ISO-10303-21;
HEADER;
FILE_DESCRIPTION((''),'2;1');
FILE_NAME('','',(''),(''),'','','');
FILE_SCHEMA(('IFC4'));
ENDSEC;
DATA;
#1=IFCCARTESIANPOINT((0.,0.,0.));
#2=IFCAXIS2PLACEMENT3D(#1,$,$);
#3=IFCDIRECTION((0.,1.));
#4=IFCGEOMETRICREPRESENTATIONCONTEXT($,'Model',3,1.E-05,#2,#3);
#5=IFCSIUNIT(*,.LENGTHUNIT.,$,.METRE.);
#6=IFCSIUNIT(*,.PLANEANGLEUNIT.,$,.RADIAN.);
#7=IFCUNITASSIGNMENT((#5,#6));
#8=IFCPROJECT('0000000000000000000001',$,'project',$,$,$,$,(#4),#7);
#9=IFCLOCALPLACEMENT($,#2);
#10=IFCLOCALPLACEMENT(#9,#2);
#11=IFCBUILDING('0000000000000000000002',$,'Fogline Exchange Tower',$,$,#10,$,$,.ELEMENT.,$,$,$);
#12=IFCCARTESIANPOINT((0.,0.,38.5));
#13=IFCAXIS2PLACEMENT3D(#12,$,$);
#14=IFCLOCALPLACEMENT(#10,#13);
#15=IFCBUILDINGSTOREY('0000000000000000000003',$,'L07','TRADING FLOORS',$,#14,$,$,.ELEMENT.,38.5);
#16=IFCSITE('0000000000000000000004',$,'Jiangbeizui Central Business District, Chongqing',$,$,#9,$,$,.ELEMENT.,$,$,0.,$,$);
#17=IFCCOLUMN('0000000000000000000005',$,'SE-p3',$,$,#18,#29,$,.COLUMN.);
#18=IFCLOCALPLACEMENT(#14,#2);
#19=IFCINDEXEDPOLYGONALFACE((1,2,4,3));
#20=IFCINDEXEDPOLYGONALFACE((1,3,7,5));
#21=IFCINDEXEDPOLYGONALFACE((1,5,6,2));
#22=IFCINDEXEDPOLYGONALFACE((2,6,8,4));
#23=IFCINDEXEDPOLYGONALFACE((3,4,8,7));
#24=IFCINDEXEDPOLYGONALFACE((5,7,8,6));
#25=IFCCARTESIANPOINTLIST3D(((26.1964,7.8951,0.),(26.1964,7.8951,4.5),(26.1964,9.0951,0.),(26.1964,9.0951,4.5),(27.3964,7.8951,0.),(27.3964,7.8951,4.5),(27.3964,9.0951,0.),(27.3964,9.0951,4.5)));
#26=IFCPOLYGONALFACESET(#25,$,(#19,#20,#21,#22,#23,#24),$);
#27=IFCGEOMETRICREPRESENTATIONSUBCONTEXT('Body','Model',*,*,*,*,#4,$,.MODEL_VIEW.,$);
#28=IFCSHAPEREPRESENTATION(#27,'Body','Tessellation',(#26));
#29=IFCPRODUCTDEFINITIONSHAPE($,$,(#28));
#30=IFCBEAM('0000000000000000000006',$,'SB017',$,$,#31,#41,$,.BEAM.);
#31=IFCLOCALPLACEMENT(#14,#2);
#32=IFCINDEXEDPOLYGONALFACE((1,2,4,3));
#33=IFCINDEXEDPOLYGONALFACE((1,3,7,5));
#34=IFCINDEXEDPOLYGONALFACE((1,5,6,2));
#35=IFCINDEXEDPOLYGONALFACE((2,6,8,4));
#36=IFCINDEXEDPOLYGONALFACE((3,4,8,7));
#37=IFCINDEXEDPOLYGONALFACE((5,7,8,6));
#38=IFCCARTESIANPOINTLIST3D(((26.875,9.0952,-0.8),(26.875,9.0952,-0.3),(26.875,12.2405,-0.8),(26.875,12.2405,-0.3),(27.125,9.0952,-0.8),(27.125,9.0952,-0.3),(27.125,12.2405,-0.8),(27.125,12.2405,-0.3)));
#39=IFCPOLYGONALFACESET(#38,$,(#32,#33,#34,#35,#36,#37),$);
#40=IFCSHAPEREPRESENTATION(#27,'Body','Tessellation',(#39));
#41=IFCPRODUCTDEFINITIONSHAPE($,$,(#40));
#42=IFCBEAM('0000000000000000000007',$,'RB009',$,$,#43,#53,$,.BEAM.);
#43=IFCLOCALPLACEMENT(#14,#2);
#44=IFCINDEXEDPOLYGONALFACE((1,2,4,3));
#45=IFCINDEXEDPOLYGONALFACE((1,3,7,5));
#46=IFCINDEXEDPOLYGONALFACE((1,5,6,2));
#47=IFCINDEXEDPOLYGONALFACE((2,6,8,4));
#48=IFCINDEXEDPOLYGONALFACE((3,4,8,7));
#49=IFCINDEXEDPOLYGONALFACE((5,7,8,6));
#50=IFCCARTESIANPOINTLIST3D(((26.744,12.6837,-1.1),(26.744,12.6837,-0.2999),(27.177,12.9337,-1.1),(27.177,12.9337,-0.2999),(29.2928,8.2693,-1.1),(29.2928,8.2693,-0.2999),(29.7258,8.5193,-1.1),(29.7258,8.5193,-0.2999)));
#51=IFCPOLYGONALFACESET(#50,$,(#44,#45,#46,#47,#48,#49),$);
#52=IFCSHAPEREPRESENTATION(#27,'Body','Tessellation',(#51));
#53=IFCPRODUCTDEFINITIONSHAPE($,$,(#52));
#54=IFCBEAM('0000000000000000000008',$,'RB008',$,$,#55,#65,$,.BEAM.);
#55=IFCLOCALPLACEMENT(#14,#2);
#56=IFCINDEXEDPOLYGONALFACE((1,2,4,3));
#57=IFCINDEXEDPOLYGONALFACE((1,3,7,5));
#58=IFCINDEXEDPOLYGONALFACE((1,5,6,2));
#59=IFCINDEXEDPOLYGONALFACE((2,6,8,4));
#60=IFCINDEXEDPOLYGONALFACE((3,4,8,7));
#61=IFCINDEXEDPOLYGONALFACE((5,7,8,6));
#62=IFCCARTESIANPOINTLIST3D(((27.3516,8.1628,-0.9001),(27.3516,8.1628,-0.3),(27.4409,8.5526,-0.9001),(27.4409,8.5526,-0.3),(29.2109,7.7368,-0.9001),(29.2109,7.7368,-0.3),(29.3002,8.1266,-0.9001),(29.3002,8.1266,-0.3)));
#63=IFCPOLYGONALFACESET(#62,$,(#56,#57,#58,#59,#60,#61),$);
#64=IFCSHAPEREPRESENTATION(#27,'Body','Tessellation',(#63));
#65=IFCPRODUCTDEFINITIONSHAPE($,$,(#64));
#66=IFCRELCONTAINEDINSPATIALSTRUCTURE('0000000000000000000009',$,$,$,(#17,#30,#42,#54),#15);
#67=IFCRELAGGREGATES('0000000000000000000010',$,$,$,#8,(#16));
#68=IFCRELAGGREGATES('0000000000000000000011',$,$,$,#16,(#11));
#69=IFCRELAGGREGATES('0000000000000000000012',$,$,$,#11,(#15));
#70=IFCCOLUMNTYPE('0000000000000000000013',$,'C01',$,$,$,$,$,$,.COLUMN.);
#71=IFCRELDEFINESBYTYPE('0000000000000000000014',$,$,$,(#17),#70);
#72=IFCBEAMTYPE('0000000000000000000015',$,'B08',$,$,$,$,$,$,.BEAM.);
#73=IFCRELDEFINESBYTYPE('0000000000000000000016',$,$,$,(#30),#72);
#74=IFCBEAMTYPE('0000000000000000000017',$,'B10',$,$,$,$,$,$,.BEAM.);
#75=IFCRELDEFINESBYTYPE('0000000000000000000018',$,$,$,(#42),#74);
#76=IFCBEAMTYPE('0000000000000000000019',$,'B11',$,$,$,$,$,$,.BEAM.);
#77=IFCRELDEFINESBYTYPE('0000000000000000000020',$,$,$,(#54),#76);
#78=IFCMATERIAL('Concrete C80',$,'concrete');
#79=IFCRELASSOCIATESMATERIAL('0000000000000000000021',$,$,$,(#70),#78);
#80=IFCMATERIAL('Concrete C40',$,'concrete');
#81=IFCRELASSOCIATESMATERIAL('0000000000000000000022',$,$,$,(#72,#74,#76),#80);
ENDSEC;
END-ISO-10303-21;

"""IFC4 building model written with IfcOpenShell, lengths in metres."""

from ifc_helpers import new_model, si_unit, direction, frame, origin, origin_2d, place, context, subcontext, project, spatial, rectangle, extrude, material, material_profile, profile_set, type_object, element, save


model = new_model("IFC4")

# Units and contexts
model_context = context("Model", 3, precision=1e-05, world=origin(), true_north=direction((0.0, 1.0)))
body_context = subcontext(model_context, "Body", "Model", "MODEL_VIEW")
ifc_project = project(units=[si_unit("LENGTHUNIT", "METRE"), si_unit("PLANEANGLEUNIT", "RADIAN")], contexts=[model_context])

# Site, building, storey
site_placement = place(None, origin())
site = spatial("IfcSite", under=ifc_project, at=site_placement, Name="Jiangbeizui Central Business District, Chongqing", CompositionType="ELEMENT", RefElevation=0.0)
building_placement = place(site_placement, origin())
building = spatial("IfcBuilding", under=site, at=building_placement, Name="Fogline Exchange Tower", CompositionType="ELEMENT")
storey_placement = place(building_placement, frame((0.0, 0.0, 38.5)))
storey = spatial("IfcBuildingStorey", under=building, at=storey_placement, Name="L07", Description="TRADING FLOORS", CompositionType="ELEMENT", Elevation=38.5)

# Column
ifc_material_1 = material(Name="Concrete C80", Category="concrete")
ifc_material_profile_1 = material_profile(ifc_material_1, rectangle(XDim=1.2, YDim=1.2, at=origin_2d()), Name="RC 1200x1200")
ifc_profile_set_1 = profile_set([ifc_material_profile_1], Name="Concrete C80")
column_type = type_object("IfcColumnType", Name="C01", PredefinedType="COLUMN", material=ifc_profile_set_1)
column_placement = place(storey_placement, frame((26.7964, 8.4951, 0.0), z_axis=(0.0, 0.0, 1.0), x_axis=(1.0, 0.0, 0.0)))
element("IfcColumn", 1, at=column_placement, inside=storey, type_object=column_type, Name="SE-p3", PredefinedType="COLUMN", context=body_context, shape_type="SweptSolid", body=[
    extrude(rectangle(XDim=1.2, YDim=1.2, at=origin_2d()), origin(), (0.0, 0.0, 1.0), 4.5),
])

# Beams
ifc_material_2 = material(Name="Concrete C40", Category="concrete")
ifc_material_profile_2 = material_profile(ifc_material_2, rectangle(XDim=0.25, YDim=0.5, at=origin_2d()), Name="RC 250x500")
ifc_profile_set_2 = profile_set([ifc_material_profile_2], Name="Concrete C40")
beam_type_1 = type_object("IfcBeamType", Name="B08", PredefinedType="BEAM", material=ifc_profile_set_2)
beam_1_placement = place(storey_placement, frame((27.0, 9.0952, -0.55), z_axis=(0.0, 1.0, 0.0), x_axis=(-1.0, 0.0, 0.0)))
element("IfcBeam", 2, at=beam_1_placement, inside=storey, type_object=beam_type_1, Name="SB017", PredefinedType="BEAM", context=body_context, shape_type="SweptSolid", body=[
    extrude(rectangle(XDim=0.25, YDim=0.5, at=origin_2d()), origin(), (0.0, 0.0, 1.0), 3.1453),
])
ifc_material_profile_3 = material_profile(ifc_material_2, rectangle(XDim=0.5, YDim=0.8, at=origin_2d()), Name="RC 500x800")
ifc_profile_set_3 = profile_set([ifc_material_profile_3], Name="Concrete C40")
beam_type_2 = type_object("IfcBeamType", Name="B10", PredefinedType="BEAM", material=ifc_profile_set_3)
beam_2_placement = place(storey_placement, frame((29.5093, 8.3943, -0.7), z_axis=(-0.500013, 0.866018, 0.0), x_axis=(-0.866018, -0.500013, 0.0)))
element("IfcBeam", 3, at=beam_2_placement, inside=storey, type_object=beam_type_2, Name="RB009", PredefinedType="BEAM", context=body_context, shape_type="SweptSolid", body=[
    extrude(rectangle(XDim=0.5, YDim=0.8, at=origin_2d()), origin(), (0.0, 0.0, 1.0), 5.0974),
])
ifc_material_profile_4 = material_profile(ifc_material_2, rectangle(XDim=0.3999, YDim=0.6001, at=origin_2d()), Name="RC 400x600")
ifc_profile_set_4 = profile_set([ifc_material_profile_4], Name="Concrete C40")
beam_type_3 = type_object("IfcBeamType", Name="B11", PredefinedType="BEAM", material=ifc_profile_set_4)
beam_3_placement = place(storey_placement, frame((27.3962, 8.3577, -0.6001), z_axis=(0.974742, -0.223336, 0.0), x_axis=(0.223336, 0.974742, 0.0)))
element("IfcBeam", 4, at=beam_3_placement, inside=storey, type_object=beam_type_3, Name="RB008", PredefinedType="BEAM", context=body_context, shape_type="SweptSolid", body=[
    extrude(rectangle(XDim=0.3999, YDim=0.6001, at=origin_2d()), origin(), (0.0, 0.0, 1.0), 1.9075),
])

save(model, "model.ifc")
